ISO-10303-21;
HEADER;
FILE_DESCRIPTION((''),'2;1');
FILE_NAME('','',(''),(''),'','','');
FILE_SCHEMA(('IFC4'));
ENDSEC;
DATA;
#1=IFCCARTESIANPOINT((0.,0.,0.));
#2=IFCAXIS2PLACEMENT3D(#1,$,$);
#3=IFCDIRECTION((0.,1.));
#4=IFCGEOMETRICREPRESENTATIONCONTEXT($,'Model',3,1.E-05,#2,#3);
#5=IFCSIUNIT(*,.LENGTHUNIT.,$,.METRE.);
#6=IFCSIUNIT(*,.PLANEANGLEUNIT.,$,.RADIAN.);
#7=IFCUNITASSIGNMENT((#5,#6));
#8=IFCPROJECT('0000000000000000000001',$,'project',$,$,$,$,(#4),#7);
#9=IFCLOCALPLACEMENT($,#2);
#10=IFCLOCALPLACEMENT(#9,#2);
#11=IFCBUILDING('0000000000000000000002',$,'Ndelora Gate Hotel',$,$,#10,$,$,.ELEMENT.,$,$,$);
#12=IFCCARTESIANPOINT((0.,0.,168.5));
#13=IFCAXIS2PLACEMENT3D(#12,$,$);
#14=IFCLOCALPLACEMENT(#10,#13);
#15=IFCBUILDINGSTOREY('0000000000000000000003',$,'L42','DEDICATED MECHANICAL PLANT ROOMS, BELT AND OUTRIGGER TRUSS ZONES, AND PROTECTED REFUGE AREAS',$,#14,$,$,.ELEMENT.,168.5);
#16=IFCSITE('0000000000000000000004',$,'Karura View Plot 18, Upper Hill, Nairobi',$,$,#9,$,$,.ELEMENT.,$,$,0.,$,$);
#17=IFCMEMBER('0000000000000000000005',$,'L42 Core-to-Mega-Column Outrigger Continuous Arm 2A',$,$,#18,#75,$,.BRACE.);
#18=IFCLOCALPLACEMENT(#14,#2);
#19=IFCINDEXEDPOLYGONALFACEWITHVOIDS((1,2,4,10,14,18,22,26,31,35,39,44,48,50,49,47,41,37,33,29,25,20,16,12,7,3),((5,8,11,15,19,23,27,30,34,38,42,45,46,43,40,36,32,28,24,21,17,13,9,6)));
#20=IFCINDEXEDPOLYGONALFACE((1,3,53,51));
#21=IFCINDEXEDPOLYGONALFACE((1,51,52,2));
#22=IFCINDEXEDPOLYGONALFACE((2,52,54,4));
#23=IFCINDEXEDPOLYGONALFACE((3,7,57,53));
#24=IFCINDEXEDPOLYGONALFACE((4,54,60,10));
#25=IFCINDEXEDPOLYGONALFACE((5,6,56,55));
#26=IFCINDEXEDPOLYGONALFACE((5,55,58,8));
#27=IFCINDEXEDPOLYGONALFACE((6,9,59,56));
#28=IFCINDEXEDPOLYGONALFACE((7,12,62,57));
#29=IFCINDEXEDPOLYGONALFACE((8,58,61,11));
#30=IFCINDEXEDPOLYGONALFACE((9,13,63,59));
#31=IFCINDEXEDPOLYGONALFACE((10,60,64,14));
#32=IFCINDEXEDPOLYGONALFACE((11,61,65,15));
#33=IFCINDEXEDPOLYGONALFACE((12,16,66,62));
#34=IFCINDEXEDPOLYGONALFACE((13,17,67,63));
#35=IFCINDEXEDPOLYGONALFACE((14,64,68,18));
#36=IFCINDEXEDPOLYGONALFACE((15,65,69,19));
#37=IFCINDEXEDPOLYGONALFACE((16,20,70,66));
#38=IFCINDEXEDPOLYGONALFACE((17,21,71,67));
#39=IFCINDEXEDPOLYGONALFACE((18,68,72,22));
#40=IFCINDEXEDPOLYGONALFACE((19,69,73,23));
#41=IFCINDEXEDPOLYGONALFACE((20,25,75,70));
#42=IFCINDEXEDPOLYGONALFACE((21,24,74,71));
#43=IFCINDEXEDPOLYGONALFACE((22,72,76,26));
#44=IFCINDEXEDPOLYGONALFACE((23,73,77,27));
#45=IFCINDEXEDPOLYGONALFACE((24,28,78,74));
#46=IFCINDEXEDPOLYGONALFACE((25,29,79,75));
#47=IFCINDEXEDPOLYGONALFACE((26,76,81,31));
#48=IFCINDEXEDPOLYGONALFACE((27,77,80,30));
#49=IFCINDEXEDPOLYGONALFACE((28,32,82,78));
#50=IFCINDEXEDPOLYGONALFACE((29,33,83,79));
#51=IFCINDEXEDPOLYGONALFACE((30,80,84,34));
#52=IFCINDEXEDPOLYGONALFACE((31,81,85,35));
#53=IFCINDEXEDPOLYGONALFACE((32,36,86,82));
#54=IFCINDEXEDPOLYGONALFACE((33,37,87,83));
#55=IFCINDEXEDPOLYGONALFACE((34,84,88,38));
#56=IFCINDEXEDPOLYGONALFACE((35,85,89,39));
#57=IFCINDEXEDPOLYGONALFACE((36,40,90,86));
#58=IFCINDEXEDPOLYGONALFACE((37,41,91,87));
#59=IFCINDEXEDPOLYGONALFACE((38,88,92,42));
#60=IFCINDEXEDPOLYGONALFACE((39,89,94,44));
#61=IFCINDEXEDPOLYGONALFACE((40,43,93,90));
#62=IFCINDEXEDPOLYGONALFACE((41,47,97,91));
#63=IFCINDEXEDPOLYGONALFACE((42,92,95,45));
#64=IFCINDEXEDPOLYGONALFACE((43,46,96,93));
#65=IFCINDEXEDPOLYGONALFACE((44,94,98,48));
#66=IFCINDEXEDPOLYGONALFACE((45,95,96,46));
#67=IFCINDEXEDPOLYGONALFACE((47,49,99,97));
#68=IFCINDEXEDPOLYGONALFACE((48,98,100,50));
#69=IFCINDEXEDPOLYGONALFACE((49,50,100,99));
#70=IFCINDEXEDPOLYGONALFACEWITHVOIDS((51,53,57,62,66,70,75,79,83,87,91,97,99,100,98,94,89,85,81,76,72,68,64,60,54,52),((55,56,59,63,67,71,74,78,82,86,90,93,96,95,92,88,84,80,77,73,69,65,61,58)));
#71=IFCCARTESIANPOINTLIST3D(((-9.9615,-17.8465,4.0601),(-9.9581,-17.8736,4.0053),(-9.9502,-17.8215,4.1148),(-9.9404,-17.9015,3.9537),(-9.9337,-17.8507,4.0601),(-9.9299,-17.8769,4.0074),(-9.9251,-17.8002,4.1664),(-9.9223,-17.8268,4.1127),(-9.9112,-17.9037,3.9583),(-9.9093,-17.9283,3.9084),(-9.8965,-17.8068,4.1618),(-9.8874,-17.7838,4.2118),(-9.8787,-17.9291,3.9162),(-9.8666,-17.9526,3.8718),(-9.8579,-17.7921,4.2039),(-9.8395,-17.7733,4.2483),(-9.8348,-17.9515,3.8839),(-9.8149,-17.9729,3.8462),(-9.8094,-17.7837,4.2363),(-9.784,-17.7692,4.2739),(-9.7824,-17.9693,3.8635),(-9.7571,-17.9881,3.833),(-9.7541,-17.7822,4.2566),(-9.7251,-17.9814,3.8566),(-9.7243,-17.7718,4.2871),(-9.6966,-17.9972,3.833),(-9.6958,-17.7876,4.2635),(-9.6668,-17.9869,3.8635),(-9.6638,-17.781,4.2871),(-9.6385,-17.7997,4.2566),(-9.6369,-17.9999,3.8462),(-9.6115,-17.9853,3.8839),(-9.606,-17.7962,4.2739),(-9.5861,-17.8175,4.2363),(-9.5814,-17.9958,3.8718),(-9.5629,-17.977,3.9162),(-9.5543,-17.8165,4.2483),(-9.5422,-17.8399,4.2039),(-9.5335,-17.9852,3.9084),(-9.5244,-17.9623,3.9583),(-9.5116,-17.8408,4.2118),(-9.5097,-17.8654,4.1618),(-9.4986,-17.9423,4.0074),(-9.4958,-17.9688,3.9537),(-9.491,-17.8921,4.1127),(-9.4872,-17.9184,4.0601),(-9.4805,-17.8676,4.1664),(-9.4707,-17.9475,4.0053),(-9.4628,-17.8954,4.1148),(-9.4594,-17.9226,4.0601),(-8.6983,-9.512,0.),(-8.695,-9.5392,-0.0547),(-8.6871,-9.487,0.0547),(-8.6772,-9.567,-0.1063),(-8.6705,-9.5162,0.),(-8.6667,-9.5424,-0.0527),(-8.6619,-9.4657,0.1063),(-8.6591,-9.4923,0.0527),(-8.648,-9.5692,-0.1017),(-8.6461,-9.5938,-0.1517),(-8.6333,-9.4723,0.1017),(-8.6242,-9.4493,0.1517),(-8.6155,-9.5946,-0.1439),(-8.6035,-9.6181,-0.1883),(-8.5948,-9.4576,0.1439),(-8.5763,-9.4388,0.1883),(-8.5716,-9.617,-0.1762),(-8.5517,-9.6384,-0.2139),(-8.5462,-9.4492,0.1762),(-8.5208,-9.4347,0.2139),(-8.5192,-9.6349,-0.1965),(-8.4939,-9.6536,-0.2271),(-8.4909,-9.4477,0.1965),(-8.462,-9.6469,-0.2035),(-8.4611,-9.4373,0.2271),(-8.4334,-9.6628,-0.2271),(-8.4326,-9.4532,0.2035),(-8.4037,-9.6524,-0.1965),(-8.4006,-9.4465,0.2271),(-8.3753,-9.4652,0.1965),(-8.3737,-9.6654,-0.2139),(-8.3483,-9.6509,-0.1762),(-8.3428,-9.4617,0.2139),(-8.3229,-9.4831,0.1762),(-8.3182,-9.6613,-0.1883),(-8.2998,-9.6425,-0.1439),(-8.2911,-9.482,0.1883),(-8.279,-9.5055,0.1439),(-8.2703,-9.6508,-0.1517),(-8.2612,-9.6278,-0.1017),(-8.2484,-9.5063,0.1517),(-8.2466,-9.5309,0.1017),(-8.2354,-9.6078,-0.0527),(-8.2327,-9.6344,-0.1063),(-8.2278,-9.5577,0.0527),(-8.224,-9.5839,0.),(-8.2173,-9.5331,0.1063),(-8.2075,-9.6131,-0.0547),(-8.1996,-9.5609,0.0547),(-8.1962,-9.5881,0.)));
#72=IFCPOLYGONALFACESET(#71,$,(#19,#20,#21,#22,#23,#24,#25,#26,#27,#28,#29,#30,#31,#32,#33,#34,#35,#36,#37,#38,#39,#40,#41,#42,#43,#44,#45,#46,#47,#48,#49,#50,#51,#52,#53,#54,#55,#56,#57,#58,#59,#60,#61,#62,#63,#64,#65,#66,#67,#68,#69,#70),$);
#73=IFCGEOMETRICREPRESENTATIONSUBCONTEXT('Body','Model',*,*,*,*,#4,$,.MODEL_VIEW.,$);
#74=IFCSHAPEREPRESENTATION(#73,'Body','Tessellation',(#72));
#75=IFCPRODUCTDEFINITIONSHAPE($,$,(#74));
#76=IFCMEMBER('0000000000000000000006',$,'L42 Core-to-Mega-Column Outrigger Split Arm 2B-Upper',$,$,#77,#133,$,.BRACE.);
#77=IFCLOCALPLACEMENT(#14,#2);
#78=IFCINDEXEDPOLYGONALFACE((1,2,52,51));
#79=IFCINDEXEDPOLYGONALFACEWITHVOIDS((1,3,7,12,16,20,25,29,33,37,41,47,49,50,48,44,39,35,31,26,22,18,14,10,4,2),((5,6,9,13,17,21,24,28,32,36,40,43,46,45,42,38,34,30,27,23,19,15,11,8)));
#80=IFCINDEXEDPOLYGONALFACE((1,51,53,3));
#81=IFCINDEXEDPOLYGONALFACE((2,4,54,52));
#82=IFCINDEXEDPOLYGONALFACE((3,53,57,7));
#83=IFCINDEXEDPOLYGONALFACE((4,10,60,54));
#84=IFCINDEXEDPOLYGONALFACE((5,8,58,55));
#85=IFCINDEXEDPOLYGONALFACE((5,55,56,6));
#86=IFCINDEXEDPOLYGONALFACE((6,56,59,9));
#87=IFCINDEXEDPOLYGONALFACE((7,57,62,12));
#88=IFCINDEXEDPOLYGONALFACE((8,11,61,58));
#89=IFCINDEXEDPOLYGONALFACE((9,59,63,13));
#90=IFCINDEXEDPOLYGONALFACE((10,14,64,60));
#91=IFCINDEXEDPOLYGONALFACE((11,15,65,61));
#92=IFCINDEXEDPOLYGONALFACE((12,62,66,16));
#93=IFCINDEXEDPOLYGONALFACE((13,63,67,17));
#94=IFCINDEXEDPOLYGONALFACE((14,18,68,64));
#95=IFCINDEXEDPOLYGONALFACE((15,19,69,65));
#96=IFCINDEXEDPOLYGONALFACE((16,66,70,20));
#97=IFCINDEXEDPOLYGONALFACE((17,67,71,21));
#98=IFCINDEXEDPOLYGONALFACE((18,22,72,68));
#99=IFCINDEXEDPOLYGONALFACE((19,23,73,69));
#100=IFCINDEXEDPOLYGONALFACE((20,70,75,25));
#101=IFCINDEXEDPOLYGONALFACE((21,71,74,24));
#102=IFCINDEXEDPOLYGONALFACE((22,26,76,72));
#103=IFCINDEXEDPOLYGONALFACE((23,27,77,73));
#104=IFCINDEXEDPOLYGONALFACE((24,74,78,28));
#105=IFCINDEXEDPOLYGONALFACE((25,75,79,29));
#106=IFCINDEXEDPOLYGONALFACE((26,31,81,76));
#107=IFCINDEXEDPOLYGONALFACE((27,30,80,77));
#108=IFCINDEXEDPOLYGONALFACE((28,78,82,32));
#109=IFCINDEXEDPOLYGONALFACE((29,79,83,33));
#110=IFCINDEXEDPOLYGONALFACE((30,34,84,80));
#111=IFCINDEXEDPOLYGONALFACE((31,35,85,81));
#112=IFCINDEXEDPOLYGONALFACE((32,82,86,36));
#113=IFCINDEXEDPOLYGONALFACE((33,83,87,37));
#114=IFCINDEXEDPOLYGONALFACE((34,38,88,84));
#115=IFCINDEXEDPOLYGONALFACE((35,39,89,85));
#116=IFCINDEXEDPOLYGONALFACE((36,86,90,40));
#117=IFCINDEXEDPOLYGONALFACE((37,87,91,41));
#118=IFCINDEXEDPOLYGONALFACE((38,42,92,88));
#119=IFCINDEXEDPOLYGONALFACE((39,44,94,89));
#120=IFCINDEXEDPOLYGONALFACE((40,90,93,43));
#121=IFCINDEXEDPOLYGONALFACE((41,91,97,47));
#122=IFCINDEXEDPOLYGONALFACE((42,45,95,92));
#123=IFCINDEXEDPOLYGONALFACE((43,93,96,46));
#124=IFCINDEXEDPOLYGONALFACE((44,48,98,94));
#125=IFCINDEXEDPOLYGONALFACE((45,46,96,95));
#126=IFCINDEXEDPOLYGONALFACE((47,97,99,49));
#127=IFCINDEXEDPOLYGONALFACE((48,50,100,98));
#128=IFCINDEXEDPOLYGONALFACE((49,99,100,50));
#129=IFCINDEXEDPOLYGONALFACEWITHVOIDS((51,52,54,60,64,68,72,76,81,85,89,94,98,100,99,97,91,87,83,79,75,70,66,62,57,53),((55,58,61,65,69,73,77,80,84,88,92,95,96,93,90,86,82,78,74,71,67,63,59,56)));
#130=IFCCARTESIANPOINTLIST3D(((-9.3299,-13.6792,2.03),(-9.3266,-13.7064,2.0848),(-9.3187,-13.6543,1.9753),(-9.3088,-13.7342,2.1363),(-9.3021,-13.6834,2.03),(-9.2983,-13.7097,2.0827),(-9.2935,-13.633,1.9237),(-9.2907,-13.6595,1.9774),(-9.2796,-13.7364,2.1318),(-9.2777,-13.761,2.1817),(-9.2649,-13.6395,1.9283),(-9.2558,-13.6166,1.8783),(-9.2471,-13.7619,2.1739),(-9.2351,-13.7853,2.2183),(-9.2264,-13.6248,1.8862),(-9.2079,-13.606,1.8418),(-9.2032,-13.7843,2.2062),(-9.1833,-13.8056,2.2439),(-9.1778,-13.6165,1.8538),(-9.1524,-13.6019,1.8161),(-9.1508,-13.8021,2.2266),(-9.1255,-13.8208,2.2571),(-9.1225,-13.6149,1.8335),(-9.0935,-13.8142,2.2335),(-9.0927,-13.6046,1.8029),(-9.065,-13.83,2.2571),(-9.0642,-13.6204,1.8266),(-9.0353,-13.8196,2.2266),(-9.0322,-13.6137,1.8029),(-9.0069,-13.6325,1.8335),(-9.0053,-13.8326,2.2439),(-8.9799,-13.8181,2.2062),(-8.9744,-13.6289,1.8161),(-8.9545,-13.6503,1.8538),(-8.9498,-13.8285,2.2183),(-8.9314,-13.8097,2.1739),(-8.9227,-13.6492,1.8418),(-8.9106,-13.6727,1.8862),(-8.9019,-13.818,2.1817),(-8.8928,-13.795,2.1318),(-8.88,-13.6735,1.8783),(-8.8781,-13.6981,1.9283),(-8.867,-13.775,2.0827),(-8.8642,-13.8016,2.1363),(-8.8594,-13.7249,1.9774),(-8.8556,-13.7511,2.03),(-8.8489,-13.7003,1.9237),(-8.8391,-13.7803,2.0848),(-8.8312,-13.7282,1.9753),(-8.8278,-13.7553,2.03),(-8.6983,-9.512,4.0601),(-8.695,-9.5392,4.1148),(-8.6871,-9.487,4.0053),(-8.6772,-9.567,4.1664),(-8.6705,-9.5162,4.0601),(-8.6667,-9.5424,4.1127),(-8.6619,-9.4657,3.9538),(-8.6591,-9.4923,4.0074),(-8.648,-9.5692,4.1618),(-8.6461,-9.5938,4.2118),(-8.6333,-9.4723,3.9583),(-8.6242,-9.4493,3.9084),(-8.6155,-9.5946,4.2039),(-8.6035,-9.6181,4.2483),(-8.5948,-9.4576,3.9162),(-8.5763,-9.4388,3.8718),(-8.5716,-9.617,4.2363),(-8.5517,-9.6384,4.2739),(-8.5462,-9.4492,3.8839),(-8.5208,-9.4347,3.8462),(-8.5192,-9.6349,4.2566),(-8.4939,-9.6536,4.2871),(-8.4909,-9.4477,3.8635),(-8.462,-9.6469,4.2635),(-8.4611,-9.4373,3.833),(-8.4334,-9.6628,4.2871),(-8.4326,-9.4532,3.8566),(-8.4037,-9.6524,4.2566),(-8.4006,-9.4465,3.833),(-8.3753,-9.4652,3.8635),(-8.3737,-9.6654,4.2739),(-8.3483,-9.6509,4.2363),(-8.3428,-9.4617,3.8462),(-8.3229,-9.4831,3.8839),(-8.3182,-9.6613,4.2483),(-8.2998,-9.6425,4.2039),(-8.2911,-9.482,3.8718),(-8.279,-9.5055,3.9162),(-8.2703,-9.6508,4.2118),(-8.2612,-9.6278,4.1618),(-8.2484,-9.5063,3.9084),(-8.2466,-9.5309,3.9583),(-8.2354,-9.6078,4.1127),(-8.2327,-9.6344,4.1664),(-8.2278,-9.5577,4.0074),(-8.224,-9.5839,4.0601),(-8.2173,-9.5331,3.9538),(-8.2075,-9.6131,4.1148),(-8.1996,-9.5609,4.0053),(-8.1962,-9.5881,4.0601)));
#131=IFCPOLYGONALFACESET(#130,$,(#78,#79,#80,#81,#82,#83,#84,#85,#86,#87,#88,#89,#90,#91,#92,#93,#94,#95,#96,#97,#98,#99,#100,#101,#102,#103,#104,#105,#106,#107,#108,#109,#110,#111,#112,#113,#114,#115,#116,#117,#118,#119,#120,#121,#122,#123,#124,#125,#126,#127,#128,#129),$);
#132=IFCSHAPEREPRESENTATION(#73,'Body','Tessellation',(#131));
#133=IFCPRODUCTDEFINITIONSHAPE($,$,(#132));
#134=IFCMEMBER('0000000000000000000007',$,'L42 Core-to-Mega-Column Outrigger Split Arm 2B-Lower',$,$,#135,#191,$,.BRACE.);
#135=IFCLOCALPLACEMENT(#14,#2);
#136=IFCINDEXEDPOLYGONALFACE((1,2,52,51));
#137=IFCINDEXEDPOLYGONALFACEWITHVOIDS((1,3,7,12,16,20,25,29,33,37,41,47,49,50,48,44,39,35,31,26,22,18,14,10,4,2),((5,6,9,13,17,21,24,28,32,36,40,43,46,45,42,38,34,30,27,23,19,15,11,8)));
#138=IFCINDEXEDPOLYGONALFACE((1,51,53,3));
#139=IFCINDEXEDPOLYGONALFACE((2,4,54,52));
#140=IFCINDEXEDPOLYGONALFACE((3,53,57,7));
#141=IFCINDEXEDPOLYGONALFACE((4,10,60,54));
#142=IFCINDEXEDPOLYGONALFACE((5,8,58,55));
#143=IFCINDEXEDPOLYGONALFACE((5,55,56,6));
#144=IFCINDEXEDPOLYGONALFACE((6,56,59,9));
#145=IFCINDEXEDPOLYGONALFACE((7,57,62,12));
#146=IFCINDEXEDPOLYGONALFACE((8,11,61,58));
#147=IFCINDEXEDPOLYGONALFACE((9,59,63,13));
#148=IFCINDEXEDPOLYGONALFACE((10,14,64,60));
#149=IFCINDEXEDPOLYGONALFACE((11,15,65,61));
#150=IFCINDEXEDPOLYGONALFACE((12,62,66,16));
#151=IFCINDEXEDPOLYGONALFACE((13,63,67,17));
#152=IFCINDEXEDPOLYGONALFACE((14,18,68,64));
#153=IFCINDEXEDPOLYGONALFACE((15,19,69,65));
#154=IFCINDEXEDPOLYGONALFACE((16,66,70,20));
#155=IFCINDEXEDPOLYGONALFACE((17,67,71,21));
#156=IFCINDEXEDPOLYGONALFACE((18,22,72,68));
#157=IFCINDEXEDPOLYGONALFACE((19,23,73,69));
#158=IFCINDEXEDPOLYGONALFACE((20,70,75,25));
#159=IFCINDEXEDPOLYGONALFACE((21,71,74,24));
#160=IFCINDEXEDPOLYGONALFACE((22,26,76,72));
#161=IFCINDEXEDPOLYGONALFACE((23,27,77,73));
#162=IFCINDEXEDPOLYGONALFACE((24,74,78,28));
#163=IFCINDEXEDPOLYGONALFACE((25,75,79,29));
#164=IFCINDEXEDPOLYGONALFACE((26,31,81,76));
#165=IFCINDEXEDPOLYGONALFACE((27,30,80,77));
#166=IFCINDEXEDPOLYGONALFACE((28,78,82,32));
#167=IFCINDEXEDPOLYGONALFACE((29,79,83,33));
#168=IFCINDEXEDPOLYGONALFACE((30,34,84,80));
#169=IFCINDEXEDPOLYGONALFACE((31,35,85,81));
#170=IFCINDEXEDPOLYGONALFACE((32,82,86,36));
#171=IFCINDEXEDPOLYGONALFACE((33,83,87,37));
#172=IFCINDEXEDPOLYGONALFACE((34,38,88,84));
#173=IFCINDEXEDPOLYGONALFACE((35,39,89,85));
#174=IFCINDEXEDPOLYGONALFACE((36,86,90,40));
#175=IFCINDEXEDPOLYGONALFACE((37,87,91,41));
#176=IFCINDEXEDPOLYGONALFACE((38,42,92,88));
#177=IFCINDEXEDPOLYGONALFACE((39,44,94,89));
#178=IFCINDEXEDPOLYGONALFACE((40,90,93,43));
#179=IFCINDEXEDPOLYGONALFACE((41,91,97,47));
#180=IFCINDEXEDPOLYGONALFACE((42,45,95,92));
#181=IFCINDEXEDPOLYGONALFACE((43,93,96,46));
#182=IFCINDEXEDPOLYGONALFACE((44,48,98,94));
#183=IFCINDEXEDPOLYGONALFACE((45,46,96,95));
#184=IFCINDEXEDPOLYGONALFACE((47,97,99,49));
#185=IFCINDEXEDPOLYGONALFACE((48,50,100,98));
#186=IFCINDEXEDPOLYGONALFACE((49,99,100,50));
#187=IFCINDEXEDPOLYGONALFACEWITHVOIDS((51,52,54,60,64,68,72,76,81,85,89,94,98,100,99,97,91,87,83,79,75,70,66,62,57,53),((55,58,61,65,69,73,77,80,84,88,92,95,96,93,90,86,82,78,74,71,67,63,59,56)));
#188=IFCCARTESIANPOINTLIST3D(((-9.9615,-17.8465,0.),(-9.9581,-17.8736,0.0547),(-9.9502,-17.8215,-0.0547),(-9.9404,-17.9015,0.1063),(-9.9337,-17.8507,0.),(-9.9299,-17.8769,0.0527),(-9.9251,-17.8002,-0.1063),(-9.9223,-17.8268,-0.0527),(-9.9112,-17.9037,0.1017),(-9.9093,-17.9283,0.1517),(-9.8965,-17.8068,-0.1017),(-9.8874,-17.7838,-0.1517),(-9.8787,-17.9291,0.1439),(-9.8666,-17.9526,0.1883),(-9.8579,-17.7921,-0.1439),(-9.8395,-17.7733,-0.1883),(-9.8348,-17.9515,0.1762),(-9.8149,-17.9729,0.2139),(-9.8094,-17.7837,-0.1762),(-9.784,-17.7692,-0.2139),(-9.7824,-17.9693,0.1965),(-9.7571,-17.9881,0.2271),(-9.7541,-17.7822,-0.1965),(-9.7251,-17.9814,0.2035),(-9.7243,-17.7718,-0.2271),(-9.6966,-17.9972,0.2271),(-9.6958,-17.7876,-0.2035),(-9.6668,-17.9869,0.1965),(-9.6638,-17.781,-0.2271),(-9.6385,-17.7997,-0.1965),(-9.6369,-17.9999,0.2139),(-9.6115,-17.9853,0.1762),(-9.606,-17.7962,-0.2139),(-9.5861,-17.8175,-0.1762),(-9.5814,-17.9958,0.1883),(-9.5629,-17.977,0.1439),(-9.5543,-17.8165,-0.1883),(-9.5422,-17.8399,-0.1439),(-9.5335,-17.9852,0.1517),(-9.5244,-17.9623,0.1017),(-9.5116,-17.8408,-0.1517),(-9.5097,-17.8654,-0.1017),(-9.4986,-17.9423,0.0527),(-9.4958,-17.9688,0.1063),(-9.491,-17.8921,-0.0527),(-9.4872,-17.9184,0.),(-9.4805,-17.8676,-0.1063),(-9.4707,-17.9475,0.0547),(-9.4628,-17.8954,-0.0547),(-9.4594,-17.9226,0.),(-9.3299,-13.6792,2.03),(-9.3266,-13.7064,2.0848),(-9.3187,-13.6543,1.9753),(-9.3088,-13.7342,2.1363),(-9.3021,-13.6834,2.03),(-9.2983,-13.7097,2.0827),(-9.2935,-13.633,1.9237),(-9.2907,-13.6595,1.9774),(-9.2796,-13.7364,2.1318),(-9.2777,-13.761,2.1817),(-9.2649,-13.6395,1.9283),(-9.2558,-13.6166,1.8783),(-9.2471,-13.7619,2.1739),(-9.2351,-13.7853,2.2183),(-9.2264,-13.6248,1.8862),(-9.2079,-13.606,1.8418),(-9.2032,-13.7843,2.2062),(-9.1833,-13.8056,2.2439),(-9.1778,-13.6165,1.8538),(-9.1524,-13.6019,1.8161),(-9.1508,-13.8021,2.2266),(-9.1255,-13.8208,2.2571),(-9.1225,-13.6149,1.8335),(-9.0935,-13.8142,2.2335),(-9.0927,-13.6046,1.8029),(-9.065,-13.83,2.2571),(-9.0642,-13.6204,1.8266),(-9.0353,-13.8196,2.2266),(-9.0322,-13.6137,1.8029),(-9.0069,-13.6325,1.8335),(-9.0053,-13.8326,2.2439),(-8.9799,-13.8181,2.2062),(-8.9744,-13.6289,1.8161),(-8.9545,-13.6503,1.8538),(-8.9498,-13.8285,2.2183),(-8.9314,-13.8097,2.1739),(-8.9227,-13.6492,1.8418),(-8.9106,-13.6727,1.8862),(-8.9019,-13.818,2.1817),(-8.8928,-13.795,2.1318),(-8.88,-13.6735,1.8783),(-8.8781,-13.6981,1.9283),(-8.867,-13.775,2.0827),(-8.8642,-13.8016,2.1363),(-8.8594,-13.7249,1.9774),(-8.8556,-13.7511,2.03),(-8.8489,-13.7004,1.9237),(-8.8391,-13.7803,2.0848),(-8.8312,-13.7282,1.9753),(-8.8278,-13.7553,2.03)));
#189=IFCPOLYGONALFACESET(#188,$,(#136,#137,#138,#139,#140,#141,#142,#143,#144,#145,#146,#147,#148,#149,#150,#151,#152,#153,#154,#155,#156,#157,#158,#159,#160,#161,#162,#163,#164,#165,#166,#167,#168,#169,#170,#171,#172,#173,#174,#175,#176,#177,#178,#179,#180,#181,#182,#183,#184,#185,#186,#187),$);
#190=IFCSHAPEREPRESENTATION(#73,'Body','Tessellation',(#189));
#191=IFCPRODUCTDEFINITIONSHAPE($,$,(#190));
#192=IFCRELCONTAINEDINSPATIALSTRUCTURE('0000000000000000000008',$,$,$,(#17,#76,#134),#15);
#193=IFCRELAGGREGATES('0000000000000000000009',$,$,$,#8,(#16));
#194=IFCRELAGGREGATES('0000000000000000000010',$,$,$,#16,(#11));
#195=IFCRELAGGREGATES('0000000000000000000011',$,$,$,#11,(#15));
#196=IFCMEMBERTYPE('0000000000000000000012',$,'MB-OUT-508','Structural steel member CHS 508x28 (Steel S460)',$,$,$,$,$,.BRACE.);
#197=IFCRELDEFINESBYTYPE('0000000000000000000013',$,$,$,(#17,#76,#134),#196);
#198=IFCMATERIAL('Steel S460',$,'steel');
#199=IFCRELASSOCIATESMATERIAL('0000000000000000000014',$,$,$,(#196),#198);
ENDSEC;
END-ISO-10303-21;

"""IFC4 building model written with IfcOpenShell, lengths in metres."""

from ifc_helpers import new_model, si_unit, direction, frame, origin, origin_2d, place, context, subcontext, project, spatial, hollow_circle, extrude, material, material_profile, profile_set, type_object, element, save


model = new_model("IFC4")

# Units and contexts
model_context = context("Model", 3, precision=1e-05, world=origin(), true_north=direction((0.0, 1.0)))
body_context = subcontext(model_context, "Body", "Model", "MODEL_VIEW")
ifc_project = project(units=[si_unit("LENGTHUNIT", "METRE"), si_unit("PLANEANGLEUNIT", "RADIAN")], contexts=[model_context])

# Site, building, storey
site_placement = place(None, origin())
site = spatial("IfcSite", under=ifc_project, at=site_placement, Name="Karura View Plot 18, Upper Hill, Nairobi", CompositionType="ELEMENT", RefElevation=0.0)
building_placement = place(site_placement, origin())
building = spatial("IfcBuilding", under=site, at=building_placement, Name="Ndelora Gate Hotel", CompositionType="ELEMENT")
storey_placement = place(building_placement, frame((0.0, 0.0, 168.5)))
storey = spatial("IfcBuildingStorey", under=building, at=storey_placement, Name="L42", Description="DEDICATED MECHANICAL PLANT ROOMS, BELT AND OUTRIGGER TRUSS ZONES, AND PROTECTED REFUGE AREAS", CompositionType="ELEMENT", Elevation=168.5)

# Shared definitions
ifc_material_1 = material(Name="Steel S460", Category="steel")

# Members
ifc_material_profile_1 = material_profile(ifc_material_1, hollow_circle(Radius=0.2539, WallThickness=0.0281, at=origin_2d()), Name="CHS 508x28")
ifc_profile_set_1 = profile_set([ifc_material_profile_1], Name="Steel S460")
member_type_1 = type_object("IfcMemberType", Name="MB-OUT-508", Description="Structural steel member CHS 508x28 (Steel S460)", PredefinedType="BRACE", material=ifc_profile_set_1)
member_1_placement = place(storey_placement, frame((-8.4473, -9.55, 0.0), z_axis=(-0.135007, -0.890773, 0.433932), x_axis=(0.988709, -0.14985, 0.0)))
element("IfcMember", 1, at=member_1_placement, inside=storey, type_object=member_type_1, Name="L42 Core-to-Mega-Column Outrigger Continuous Arm 2A", PredefinedType="BRACE", context=body_context, shape_type="SweptSolid", body=[
    extrude(hollow_circle(Radius=0.2539, WallThickness=0.0281, at=origin_2d()), origin(), (0.0, 0.0, 1.0), 9.3564),
])
for number, where, z_axis, x_axis, name in (
    (2, (-8.4473, -9.55, 4.0601), (-0.135007, -0.890773, -0.433932), (0.988709, -0.14985, 0.0), "L42 Core-to-Mega-Column Outrigger Split Arm 2B-Upper"),
    (3, (-9.0789, -13.7173, 2.03), (-0.135007, -0.890773, -0.433932), (0.988709, -0.14985, 0.0), "L42 Core-to-Mega-Column Outrigger Split Arm 2B-Lower"),
):
    element("IfcMember", number, at=place(storey_placement, frame(where, z_axis=z_axis, x_axis=x_axis)), inside=storey, type_object=member_type_1, Name=name, PredefinedType="BRACE", context=body_context, shape_type="SweptSolid", body=[
        extrude(hollow_circle(Radius=0.2539, WallThickness=0.0281, at=origin_2d()), origin(), (0.0, 0.0, 1.0), 4.6782),
    ])

save(model, "model.ifc")
